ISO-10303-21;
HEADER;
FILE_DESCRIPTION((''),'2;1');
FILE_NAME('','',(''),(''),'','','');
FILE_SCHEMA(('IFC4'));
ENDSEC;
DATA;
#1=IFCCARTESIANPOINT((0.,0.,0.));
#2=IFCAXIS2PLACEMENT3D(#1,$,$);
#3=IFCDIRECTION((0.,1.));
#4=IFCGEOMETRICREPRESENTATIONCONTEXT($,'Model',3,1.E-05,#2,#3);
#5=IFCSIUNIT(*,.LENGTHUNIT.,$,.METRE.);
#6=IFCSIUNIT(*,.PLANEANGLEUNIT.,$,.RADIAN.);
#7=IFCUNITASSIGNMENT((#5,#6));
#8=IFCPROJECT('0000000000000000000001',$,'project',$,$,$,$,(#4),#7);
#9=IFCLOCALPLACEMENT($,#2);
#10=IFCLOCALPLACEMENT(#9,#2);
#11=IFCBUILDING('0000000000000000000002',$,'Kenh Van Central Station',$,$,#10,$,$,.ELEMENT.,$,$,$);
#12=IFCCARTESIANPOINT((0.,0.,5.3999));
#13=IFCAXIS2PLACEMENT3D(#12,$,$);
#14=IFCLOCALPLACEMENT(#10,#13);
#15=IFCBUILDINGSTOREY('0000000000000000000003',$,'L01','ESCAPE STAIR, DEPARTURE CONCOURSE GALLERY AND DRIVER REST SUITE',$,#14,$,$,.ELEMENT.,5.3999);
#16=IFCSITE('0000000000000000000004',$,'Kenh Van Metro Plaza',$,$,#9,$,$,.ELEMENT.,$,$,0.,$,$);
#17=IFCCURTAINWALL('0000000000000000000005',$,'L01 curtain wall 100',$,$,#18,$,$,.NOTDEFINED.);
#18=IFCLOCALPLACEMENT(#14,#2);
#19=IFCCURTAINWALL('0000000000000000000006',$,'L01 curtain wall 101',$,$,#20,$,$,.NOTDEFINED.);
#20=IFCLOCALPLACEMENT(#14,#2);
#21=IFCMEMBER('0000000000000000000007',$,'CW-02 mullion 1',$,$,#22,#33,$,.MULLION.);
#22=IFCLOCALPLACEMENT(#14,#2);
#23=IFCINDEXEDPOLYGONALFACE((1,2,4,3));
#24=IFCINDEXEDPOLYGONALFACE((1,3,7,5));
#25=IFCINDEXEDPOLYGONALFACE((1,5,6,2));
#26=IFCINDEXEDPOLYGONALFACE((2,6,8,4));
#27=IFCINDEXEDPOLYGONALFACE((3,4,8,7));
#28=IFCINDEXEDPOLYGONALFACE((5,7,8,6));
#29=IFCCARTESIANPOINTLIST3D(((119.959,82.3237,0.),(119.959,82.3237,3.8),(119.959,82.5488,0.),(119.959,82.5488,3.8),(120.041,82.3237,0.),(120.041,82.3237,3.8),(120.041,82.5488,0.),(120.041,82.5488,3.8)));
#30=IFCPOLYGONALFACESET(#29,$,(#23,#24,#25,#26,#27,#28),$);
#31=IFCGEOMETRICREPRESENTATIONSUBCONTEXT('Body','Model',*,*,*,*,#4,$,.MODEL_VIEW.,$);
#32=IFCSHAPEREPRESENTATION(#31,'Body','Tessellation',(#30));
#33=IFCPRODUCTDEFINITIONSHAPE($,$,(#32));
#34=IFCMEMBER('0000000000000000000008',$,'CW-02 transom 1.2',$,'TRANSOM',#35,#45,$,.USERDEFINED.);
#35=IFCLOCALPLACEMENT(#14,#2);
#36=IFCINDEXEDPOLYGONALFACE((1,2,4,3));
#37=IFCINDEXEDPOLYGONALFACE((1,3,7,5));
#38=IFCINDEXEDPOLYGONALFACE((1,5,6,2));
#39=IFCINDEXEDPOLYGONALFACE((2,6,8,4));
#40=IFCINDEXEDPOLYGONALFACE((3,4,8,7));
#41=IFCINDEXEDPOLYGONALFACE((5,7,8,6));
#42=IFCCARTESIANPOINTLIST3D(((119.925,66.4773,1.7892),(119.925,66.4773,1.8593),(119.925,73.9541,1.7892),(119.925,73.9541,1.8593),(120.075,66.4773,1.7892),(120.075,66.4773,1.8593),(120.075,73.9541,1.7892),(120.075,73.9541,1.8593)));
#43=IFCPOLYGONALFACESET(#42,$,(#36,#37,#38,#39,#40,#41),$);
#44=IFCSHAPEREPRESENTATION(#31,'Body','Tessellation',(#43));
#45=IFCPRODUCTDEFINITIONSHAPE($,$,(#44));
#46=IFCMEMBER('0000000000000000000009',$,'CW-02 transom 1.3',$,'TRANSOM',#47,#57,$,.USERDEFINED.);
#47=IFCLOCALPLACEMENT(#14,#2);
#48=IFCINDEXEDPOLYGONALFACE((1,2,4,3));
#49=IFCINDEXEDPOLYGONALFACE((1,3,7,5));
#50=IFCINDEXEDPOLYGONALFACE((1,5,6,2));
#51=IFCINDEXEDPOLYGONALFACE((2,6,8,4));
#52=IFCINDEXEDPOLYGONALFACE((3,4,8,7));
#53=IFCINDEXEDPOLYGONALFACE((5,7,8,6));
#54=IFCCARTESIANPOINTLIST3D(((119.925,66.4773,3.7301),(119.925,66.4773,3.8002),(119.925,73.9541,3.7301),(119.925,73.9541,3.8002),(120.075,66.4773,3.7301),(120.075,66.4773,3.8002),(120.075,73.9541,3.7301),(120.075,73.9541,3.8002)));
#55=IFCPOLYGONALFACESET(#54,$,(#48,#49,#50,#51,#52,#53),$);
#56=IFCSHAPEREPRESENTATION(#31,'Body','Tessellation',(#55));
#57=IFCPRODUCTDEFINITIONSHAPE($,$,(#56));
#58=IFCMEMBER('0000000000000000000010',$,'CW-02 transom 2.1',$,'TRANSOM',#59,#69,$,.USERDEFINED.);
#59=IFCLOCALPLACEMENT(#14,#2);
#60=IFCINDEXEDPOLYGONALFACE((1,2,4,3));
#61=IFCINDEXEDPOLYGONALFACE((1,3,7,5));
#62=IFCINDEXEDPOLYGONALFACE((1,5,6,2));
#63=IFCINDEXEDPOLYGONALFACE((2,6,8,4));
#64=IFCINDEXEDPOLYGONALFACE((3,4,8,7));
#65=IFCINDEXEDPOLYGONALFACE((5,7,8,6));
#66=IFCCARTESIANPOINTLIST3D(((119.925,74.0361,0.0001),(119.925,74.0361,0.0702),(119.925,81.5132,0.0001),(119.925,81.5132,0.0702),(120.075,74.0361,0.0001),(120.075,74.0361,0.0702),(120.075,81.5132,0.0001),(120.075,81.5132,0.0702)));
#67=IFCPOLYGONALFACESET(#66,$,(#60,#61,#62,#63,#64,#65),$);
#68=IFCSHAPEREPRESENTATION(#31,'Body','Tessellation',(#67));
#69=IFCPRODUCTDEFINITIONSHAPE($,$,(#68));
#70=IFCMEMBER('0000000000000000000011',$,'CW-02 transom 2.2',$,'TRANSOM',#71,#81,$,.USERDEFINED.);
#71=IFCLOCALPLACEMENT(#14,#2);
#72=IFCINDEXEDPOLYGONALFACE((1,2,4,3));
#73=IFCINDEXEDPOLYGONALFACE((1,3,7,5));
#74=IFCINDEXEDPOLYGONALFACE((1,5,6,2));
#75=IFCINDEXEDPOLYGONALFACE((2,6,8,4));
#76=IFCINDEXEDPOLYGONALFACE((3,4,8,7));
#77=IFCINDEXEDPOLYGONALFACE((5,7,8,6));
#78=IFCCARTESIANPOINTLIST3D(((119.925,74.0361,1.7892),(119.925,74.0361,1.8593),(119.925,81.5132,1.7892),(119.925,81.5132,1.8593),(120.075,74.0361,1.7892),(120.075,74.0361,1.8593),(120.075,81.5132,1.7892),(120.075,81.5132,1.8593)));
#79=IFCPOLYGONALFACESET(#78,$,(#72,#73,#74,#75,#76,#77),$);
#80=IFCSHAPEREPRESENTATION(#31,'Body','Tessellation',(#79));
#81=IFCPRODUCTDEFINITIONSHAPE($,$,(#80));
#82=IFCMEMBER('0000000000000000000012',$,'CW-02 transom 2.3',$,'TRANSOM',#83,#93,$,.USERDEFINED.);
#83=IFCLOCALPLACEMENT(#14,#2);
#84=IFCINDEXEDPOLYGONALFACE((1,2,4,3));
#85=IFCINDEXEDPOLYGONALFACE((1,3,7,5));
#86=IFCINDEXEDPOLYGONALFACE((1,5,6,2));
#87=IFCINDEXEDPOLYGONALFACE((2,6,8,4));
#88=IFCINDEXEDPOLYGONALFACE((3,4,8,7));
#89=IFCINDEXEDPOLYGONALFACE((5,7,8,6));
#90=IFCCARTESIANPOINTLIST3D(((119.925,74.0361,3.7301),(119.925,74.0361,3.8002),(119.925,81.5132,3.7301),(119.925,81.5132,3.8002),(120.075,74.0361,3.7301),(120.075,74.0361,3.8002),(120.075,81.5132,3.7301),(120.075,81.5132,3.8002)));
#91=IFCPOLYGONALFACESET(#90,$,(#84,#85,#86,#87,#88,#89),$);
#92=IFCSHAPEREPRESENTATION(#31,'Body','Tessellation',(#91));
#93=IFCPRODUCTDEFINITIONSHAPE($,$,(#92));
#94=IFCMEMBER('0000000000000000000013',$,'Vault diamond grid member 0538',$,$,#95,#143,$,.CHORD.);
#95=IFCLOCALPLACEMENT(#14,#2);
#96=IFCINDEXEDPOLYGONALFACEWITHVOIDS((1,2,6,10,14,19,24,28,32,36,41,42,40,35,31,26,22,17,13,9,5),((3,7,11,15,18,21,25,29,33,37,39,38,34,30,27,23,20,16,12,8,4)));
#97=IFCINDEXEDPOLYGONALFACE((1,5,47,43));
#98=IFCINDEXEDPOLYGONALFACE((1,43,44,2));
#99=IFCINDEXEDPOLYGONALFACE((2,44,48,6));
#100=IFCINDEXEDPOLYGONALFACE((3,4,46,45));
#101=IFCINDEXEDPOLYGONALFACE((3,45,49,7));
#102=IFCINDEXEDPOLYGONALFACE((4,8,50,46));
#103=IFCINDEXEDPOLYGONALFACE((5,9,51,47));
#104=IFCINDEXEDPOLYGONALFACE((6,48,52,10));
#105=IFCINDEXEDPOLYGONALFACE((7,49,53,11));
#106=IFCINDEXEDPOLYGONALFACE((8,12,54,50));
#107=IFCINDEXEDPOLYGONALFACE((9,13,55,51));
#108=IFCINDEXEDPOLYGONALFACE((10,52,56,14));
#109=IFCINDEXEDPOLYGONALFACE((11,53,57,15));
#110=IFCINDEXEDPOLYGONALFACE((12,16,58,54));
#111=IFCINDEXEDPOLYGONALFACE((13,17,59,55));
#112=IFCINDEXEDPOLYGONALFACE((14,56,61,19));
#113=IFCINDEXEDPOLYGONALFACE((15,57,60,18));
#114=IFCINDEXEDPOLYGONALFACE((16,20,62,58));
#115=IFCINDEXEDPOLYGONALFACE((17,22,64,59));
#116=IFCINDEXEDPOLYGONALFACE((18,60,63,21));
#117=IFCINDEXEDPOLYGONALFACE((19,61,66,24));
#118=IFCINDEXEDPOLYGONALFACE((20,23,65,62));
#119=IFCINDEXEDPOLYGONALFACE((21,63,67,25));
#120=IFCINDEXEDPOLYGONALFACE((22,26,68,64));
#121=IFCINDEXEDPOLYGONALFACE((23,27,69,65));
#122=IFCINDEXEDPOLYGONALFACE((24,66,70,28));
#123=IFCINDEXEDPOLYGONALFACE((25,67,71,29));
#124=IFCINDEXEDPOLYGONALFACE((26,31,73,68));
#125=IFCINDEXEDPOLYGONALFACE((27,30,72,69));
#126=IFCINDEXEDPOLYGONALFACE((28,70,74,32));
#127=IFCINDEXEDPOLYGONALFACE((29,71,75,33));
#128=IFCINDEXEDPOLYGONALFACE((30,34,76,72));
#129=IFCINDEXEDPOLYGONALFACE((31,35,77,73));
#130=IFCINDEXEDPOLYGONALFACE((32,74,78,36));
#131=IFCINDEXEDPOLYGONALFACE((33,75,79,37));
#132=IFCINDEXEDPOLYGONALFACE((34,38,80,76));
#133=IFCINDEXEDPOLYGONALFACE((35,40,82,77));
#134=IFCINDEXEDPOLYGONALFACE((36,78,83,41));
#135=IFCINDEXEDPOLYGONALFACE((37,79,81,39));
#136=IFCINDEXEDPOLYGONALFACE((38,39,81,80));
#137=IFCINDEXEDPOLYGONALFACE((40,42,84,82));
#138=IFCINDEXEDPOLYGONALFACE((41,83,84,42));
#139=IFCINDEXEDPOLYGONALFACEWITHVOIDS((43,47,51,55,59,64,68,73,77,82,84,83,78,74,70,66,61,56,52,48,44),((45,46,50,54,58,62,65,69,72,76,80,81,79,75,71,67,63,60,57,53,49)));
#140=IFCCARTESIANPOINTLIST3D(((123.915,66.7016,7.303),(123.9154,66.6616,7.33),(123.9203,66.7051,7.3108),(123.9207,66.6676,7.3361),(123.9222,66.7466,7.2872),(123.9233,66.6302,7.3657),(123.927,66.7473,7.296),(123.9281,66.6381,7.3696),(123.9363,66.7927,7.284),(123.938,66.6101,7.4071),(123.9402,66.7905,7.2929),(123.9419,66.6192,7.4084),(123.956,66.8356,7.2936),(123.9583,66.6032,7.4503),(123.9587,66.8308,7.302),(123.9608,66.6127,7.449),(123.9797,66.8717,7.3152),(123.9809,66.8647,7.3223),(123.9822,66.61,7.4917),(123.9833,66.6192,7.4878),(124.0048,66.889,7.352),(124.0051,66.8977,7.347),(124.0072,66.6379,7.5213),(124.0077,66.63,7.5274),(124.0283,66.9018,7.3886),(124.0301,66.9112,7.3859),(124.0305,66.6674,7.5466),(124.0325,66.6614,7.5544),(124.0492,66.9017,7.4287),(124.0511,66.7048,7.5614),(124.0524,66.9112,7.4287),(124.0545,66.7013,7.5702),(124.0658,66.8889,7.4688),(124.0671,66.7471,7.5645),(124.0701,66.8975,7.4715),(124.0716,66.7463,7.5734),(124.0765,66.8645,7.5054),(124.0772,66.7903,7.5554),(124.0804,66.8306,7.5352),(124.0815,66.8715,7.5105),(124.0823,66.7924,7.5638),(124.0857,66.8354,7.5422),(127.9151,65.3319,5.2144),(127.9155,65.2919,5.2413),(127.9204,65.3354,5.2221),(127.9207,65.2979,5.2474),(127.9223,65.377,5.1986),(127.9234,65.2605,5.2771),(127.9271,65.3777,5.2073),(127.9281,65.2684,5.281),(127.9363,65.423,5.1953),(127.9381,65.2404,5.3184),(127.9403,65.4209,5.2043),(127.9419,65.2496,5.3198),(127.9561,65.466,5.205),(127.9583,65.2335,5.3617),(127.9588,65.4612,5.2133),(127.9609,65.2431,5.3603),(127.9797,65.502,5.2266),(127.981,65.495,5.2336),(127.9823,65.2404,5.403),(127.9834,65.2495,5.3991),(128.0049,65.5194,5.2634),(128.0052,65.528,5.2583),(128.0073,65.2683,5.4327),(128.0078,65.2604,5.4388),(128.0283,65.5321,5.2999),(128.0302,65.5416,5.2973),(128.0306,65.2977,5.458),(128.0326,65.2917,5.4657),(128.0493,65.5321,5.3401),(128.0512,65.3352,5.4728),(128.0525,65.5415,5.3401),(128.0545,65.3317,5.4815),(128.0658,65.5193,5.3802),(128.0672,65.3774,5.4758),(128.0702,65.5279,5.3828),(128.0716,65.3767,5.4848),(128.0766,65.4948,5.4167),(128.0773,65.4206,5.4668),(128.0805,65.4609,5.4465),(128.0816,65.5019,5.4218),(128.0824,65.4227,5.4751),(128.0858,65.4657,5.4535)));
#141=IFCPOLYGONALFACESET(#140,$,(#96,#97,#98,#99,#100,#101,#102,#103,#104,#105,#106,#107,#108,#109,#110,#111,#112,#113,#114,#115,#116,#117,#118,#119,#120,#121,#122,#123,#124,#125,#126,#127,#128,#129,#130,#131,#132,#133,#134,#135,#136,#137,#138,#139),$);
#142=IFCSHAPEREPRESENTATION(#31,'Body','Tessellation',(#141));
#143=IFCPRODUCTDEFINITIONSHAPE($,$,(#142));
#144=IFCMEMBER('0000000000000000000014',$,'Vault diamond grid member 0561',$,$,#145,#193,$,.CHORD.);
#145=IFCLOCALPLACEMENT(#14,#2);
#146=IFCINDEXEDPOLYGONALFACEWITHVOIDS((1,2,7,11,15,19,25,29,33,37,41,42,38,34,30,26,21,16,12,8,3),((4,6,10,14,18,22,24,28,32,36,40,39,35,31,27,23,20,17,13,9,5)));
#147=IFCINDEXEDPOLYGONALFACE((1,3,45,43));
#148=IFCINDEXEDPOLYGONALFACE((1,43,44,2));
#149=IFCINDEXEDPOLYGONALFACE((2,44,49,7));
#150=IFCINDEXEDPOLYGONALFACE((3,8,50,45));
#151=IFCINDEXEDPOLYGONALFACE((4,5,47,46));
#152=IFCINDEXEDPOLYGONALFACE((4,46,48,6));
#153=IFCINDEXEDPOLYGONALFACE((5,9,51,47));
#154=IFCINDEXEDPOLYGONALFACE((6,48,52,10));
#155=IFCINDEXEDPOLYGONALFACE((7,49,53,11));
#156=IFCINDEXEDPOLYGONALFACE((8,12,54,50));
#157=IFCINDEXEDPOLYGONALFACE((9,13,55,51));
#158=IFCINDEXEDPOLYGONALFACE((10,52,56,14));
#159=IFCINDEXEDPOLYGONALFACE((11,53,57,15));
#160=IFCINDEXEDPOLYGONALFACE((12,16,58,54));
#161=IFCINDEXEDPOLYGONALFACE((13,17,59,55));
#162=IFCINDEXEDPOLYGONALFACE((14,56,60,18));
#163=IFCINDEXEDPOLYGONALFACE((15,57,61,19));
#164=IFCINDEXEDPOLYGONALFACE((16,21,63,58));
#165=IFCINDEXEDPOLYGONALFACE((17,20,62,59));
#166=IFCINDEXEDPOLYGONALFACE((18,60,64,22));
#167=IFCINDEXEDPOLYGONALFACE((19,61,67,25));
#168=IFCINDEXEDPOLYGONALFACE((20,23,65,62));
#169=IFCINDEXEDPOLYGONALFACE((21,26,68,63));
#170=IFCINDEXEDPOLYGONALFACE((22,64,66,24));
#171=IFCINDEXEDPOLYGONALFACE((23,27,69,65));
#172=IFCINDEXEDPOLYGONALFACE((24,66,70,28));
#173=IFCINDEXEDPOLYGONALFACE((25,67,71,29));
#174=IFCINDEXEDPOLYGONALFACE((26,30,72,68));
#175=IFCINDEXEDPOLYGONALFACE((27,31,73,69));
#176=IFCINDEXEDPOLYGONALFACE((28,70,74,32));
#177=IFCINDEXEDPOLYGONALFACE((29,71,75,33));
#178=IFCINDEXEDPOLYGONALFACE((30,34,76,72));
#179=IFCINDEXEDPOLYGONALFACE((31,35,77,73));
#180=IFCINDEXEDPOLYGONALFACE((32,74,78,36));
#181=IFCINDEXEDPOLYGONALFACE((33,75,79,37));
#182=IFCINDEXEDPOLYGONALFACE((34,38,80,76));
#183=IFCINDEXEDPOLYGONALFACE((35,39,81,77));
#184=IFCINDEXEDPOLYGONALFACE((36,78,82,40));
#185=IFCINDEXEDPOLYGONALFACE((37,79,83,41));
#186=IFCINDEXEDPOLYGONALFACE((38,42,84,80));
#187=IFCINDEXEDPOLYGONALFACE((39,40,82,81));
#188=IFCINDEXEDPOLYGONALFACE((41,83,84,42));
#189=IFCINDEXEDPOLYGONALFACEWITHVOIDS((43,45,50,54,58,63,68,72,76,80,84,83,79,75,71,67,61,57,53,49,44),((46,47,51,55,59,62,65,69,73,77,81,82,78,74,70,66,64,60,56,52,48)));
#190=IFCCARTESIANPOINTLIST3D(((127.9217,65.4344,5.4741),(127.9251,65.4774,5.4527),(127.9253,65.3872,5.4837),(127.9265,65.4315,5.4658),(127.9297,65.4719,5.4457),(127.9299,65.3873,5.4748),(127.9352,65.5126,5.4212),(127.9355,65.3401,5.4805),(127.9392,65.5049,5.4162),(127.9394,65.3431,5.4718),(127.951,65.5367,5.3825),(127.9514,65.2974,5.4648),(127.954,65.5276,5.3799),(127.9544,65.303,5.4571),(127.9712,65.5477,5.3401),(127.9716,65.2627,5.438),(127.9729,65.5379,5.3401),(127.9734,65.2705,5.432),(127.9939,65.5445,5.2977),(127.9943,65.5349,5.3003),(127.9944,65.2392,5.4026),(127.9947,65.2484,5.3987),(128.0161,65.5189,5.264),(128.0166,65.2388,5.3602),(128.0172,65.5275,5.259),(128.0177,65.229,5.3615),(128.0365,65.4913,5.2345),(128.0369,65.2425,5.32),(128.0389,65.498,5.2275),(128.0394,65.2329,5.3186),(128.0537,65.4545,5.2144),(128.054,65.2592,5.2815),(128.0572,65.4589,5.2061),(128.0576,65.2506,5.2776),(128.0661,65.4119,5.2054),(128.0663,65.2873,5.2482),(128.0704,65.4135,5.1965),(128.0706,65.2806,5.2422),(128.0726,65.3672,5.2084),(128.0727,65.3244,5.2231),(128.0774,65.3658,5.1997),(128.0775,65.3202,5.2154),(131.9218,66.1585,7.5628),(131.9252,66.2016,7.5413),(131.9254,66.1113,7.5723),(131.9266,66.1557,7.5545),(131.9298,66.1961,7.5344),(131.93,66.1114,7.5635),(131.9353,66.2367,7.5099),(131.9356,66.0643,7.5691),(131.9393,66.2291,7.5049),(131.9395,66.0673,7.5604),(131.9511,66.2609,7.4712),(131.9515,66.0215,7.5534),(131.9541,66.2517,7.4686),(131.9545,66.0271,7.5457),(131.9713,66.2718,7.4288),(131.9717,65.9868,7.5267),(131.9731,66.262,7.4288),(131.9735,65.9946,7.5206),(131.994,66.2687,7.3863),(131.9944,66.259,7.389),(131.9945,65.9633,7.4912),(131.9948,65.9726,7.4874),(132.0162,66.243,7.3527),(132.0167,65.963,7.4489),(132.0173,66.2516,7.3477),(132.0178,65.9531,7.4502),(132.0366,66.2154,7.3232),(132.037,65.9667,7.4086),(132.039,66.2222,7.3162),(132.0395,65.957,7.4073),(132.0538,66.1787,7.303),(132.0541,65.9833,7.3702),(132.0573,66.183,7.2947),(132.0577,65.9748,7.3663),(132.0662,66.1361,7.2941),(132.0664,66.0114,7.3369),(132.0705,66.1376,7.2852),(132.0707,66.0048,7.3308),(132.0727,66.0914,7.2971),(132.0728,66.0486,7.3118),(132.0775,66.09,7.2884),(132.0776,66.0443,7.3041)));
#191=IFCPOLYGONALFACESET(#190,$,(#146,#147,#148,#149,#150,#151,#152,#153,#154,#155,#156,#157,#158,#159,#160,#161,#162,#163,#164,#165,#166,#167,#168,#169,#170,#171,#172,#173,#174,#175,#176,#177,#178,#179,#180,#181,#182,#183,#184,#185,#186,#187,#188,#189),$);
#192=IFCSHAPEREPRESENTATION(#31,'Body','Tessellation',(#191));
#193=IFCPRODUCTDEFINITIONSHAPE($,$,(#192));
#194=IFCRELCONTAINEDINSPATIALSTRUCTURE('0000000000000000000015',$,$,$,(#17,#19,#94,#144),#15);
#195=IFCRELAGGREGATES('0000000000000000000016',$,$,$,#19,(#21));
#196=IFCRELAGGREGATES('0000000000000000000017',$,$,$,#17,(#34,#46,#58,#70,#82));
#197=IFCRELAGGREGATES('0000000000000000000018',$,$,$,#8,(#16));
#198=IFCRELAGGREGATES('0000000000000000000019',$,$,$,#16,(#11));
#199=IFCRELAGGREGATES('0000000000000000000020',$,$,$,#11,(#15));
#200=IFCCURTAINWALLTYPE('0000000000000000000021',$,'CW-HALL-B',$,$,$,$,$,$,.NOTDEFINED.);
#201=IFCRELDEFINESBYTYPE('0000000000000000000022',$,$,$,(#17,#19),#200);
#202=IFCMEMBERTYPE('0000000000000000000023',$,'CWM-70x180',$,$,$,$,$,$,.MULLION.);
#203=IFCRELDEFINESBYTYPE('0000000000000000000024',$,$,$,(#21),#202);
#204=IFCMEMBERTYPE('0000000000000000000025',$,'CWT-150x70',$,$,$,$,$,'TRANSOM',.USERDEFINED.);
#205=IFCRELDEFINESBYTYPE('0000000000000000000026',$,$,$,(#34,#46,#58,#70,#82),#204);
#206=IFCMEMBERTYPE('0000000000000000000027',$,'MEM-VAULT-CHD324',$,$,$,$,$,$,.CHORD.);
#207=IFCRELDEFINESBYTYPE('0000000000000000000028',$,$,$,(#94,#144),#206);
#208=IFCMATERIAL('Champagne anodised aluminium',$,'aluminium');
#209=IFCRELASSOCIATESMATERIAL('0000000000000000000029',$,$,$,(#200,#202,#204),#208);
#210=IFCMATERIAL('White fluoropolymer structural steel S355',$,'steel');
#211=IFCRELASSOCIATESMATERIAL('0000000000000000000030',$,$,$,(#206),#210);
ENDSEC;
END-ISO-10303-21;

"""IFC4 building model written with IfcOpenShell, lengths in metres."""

from ifc_helpers import new_model, si_unit, direction, frame, origin, origin_2d, place, context, subcontext, project, spatial, rectangle, hollow_circle, extrude, material, material_profile, profile_set, type_object, element, aggregate, save


model = new_model("IFC4")

# Units and contexts
model_context = context("Model", 3, precision=1e-05, world=origin(), true_north=direction((0.0, 1.0)))
body_context = subcontext(model_context, "Body", "Model", "MODEL_VIEW")
ifc_project = project(units=[si_unit("LENGTHUNIT", "METRE"), si_unit("PLANEANGLEUNIT", "RADIAN")], contexts=[model_context])

# Site, building, storey
site_placement = place(None, origin())
site = spatial("IfcSite", under=ifc_project, at=site_placement, Name="Kenh Van Metro Plaza", CompositionType="ELEMENT", RefElevation=0.0)
building_placement = place(site_placement, origin())
building = spatial("IfcBuilding", under=site, at=building_placement, Name="Kenh Van Central Station", CompositionType="ELEMENT")
storey_placement = place(building_placement, frame((0.0, 0.0, 5.3999)))
storey = spatial("IfcBuildingStorey", under=building, at=storey_placement, Name="L01", Description="ESCAPE STAIR, DEPARTURE CONCOURSE GALLERY AND DRIVER REST SUITE", CompositionType="ELEMENT", Elevation=5.3999)

# Shared definitions
ifc_material_1 = material(Name="White fluoropolymer structural steel S355", Category="steel")

# Curtain wall
ifc_material_2 = material(Name="Champagne anodised aluminium", Category="aluminium")
curtain_wall_type = type_object("IfcCurtainWallType", Name="CW-HALL-B", PredefinedType="NOTDEFINED", material=ifc_material_2)
curtain_wall_1_placement = place(storey_placement, origin())
curtain_wall_1 = element("IfcCurtainWall", 1, at=curtain_wall_1_placement, inside=storey, type_object=curtain_wall_type, Name="L01 curtain wall 100", PredefinedType="NOTDEFINED")
ifc_material_profile_1 = material_profile(ifc_material_2, rectangle(XDim=0.082, YDim=0.2251, at=origin_2d()), Name="AL 82x225")
ifc_profile_set_1 = profile_set([ifc_material_profile_1], Name="Champagne anodised aluminium")
member_type_1 = type_object("IfcMemberType", Name="CWM-70x180", PredefinedType="MULLION", material=ifc_profile_set_1)

# Curtain wall, member
curtain_wall_2_placement = place(storey_placement, origin())
curtain_wall_2 = element("IfcCurtainWall", 2, at=curtain_wall_2_placement, inside=storey, type_object=curtain_wall_type, Name="L01 curtain wall 101", PredefinedType="NOTDEFINED")
member_1_placement = place(storey_placement, frame((120.0, 82.4363, 0.0), z_axis=(0.0, 0.0, 1.0), x_axis=(-1.0, 0.0, 0.0)))
member_1 = element("IfcMember", 3, at=member_1_placement, type_object=member_type_1, Name="CW-02 mullion 1", PredefinedType="MULLION", context=body_context, shape_type="SweptSolid", body=[
    extrude(rectangle(XDim=0.082, YDim=0.2251, at=origin_2d()), origin(), (0.0, 0.0, 1.0), 3.8),
])
aggregate(curtain_wall_2, [member_1])

# Members
ifc_material_profile_2 = material_profile(ifc_material_2, rectangle(XDim=0.1499, YDim=0.0701, at=origin_2d()), Name="AL 150x70")
ifc_profile_set_2 = profile_set([ifc_material_profile_2], Name="Champagne anodised aluminium")
member_type_2 = type_object("IfcMemberType", Name="CWT-150x70", ElementType="TRANSOM", PredefinedType="USERDEFINED", material=ifc_profile_set_2)
member_2_placement = place(storey_placement, frame((120.0, 66.4773, 1.8242), z_axis=(0.0, 1.0, 0.0), x_axis=(-1.0, 0.0, 0.0)))
member_2 = element("IfcMember", 4, at=member_2_placement, type_object=member_type_2, Name="CW-02 transom 1.2", ObjectType="TRANSOM", PredefinedType="USERDEFINED", context=body_context, shape_type="SweptSolid", body=[
    extrude(rectangle(XDim=0.1499, YDim=0.0701, at=origin_2d()), origin(), (0.0, 0.0, 1.0), 7.4768),
])
member_3_placement = place(storey_placement, frame((120.0, 66.4773, 3.7651), z_axis=(0.0, 1.0, 0.0), x_axis=(-1.0, 0.0, 0.0)))
member_3 = element("IfcMember", 5, at=member_3_placement, type_object=member_type_2, Name="CW-02 transom 1.3", ObjectType="TRANSOM", PredefinedType="USERDEFINED", context=body_context, shape_type="SweptSolid", body=[
    extrude(rectangle(XDim=0.1499, YDim=0.0701, at=origin_2d()), origin(), (0.0, 0.0, 1.0), 7.4768),
])
member_4_placement = place(storey_placement, frame((120.0, 74.0361, 0.0352), z_axis=(0.0, 1.0, 0.0), x_axis=(-1.0, 0.0, 0.0)))
member_4 = element("IfcMember", 6, at=member_4_placement, type_object=member_type_2, Name="CW-02 transom 2.1", ObjectType="TRANSOM", PredefinedType="USERDEFINED", context=body_context, shape_type="SweptSolid", body=[
    extrude(rectangle(XDim=0.1499, YDim=0.0701, at=origin_2d()), origin(), (0.0, 0.0, 1.0), 7.4771),
])
member_5_placement = place(storey_placement, frame((120.0, 74.0361, 1.8242), z_axis=(0.0, 1.0, 0.0), x_axis=(-1.0, 0.0, 0.0)))
member_5 = element("IfcMember", 7, at=member_5_placement, type_object=member_type_2, Name="CW-02 transom 2.2", ObjectType="TRANSOM", PredefinedType="USERDEFINED", context=body_context, shape_type="SweptSolid", body=[
    extrude(rectangle(XDim=0.1499, YDim=0.0701, at=origin_2d()), origin(), (0.0, 0.0, 1.0), 7.4771),
])
member_6_placement = place(storey_placement, frame((120.0, 74.0361, 3.7651), z_axis=(0.0, 1.0, 0.0), x_axis=(-1.0, 0.0, 0.0)))
member_6 = element("IfcMember", 8, at=member_6_placement, type_object=member_type_2, Name="CW-02 transom 2.3", ObjectType="TRANSOM", PredefinedType="USERDEFINED", context=body_context, shape_type="SweptSolid", body=[
    extrude(rectangle(XDim=0.1499, YDim=0.0701, at=origin_2d()), origin(), (0.0, 0.0, 1.0), 7.4771),
])

# Members
ifc_material_profile_3 = material_profile(ifc_material_1, hollow_circle(Radius=0.1619, WallThickness=0.01, at=origin_2d()), Name="CHS 323.9x10")
ifc_profile_set_3 = profile_set([ifc_material_profile_3], Name="White fluoropolymer structural steel S355")
member_type_3 = type_object("IfcMemberType", Name="MEM-VAULT-CHD324", PredefinedType="CHORD", material=ifc_profile_set_3)
member_7_placement = place(storey_placement, frame((124.0, 66.7581, 7.4287), z_axis=(0.848223, -0.290438, -0.442904), x_axis=(0.323943, 0.946076, 0.0)))
element("IfcMember", 9, at=member_7_placement, inside=storey, type_object=member_type_3, Name="Vault diamond grid member 0538", PredefinedType="CHORD", context=body_context, shape_type="SweptSolid", body=[
    extrude(hollow_circle(Radius=0.1619, WallThickness=0.01, at=origin_2d()), origin(), (0.0, 0.0, 1.0), 4.7158),
])
member_8_placement = place(storey_placement, frame((128.0, 65.3884, 5.3401), z_axis=(0.875236, 0.158444, 0.457009), x_axis=(-0.178135, 0.984006, 0.0)))
element("IfcMember", 10, at=member_8_placement, inside=storey, type_object=member_type_3, Name="Vault diamond grid member 0561", PredefinedType="CHORD", context=body_context, shape_type="SweptSolid", body=[
    extrude(hollow_circle(Radius=0.1619, WallThickness=0.01, at=origin_2d()), origin(), (0.0, 0.0, 1.0), 4.5703),
])

aggregate(curtain_wall_1, [member_2, member_3, member_4, member_5, member_6])

save(model, "model.ifc")
